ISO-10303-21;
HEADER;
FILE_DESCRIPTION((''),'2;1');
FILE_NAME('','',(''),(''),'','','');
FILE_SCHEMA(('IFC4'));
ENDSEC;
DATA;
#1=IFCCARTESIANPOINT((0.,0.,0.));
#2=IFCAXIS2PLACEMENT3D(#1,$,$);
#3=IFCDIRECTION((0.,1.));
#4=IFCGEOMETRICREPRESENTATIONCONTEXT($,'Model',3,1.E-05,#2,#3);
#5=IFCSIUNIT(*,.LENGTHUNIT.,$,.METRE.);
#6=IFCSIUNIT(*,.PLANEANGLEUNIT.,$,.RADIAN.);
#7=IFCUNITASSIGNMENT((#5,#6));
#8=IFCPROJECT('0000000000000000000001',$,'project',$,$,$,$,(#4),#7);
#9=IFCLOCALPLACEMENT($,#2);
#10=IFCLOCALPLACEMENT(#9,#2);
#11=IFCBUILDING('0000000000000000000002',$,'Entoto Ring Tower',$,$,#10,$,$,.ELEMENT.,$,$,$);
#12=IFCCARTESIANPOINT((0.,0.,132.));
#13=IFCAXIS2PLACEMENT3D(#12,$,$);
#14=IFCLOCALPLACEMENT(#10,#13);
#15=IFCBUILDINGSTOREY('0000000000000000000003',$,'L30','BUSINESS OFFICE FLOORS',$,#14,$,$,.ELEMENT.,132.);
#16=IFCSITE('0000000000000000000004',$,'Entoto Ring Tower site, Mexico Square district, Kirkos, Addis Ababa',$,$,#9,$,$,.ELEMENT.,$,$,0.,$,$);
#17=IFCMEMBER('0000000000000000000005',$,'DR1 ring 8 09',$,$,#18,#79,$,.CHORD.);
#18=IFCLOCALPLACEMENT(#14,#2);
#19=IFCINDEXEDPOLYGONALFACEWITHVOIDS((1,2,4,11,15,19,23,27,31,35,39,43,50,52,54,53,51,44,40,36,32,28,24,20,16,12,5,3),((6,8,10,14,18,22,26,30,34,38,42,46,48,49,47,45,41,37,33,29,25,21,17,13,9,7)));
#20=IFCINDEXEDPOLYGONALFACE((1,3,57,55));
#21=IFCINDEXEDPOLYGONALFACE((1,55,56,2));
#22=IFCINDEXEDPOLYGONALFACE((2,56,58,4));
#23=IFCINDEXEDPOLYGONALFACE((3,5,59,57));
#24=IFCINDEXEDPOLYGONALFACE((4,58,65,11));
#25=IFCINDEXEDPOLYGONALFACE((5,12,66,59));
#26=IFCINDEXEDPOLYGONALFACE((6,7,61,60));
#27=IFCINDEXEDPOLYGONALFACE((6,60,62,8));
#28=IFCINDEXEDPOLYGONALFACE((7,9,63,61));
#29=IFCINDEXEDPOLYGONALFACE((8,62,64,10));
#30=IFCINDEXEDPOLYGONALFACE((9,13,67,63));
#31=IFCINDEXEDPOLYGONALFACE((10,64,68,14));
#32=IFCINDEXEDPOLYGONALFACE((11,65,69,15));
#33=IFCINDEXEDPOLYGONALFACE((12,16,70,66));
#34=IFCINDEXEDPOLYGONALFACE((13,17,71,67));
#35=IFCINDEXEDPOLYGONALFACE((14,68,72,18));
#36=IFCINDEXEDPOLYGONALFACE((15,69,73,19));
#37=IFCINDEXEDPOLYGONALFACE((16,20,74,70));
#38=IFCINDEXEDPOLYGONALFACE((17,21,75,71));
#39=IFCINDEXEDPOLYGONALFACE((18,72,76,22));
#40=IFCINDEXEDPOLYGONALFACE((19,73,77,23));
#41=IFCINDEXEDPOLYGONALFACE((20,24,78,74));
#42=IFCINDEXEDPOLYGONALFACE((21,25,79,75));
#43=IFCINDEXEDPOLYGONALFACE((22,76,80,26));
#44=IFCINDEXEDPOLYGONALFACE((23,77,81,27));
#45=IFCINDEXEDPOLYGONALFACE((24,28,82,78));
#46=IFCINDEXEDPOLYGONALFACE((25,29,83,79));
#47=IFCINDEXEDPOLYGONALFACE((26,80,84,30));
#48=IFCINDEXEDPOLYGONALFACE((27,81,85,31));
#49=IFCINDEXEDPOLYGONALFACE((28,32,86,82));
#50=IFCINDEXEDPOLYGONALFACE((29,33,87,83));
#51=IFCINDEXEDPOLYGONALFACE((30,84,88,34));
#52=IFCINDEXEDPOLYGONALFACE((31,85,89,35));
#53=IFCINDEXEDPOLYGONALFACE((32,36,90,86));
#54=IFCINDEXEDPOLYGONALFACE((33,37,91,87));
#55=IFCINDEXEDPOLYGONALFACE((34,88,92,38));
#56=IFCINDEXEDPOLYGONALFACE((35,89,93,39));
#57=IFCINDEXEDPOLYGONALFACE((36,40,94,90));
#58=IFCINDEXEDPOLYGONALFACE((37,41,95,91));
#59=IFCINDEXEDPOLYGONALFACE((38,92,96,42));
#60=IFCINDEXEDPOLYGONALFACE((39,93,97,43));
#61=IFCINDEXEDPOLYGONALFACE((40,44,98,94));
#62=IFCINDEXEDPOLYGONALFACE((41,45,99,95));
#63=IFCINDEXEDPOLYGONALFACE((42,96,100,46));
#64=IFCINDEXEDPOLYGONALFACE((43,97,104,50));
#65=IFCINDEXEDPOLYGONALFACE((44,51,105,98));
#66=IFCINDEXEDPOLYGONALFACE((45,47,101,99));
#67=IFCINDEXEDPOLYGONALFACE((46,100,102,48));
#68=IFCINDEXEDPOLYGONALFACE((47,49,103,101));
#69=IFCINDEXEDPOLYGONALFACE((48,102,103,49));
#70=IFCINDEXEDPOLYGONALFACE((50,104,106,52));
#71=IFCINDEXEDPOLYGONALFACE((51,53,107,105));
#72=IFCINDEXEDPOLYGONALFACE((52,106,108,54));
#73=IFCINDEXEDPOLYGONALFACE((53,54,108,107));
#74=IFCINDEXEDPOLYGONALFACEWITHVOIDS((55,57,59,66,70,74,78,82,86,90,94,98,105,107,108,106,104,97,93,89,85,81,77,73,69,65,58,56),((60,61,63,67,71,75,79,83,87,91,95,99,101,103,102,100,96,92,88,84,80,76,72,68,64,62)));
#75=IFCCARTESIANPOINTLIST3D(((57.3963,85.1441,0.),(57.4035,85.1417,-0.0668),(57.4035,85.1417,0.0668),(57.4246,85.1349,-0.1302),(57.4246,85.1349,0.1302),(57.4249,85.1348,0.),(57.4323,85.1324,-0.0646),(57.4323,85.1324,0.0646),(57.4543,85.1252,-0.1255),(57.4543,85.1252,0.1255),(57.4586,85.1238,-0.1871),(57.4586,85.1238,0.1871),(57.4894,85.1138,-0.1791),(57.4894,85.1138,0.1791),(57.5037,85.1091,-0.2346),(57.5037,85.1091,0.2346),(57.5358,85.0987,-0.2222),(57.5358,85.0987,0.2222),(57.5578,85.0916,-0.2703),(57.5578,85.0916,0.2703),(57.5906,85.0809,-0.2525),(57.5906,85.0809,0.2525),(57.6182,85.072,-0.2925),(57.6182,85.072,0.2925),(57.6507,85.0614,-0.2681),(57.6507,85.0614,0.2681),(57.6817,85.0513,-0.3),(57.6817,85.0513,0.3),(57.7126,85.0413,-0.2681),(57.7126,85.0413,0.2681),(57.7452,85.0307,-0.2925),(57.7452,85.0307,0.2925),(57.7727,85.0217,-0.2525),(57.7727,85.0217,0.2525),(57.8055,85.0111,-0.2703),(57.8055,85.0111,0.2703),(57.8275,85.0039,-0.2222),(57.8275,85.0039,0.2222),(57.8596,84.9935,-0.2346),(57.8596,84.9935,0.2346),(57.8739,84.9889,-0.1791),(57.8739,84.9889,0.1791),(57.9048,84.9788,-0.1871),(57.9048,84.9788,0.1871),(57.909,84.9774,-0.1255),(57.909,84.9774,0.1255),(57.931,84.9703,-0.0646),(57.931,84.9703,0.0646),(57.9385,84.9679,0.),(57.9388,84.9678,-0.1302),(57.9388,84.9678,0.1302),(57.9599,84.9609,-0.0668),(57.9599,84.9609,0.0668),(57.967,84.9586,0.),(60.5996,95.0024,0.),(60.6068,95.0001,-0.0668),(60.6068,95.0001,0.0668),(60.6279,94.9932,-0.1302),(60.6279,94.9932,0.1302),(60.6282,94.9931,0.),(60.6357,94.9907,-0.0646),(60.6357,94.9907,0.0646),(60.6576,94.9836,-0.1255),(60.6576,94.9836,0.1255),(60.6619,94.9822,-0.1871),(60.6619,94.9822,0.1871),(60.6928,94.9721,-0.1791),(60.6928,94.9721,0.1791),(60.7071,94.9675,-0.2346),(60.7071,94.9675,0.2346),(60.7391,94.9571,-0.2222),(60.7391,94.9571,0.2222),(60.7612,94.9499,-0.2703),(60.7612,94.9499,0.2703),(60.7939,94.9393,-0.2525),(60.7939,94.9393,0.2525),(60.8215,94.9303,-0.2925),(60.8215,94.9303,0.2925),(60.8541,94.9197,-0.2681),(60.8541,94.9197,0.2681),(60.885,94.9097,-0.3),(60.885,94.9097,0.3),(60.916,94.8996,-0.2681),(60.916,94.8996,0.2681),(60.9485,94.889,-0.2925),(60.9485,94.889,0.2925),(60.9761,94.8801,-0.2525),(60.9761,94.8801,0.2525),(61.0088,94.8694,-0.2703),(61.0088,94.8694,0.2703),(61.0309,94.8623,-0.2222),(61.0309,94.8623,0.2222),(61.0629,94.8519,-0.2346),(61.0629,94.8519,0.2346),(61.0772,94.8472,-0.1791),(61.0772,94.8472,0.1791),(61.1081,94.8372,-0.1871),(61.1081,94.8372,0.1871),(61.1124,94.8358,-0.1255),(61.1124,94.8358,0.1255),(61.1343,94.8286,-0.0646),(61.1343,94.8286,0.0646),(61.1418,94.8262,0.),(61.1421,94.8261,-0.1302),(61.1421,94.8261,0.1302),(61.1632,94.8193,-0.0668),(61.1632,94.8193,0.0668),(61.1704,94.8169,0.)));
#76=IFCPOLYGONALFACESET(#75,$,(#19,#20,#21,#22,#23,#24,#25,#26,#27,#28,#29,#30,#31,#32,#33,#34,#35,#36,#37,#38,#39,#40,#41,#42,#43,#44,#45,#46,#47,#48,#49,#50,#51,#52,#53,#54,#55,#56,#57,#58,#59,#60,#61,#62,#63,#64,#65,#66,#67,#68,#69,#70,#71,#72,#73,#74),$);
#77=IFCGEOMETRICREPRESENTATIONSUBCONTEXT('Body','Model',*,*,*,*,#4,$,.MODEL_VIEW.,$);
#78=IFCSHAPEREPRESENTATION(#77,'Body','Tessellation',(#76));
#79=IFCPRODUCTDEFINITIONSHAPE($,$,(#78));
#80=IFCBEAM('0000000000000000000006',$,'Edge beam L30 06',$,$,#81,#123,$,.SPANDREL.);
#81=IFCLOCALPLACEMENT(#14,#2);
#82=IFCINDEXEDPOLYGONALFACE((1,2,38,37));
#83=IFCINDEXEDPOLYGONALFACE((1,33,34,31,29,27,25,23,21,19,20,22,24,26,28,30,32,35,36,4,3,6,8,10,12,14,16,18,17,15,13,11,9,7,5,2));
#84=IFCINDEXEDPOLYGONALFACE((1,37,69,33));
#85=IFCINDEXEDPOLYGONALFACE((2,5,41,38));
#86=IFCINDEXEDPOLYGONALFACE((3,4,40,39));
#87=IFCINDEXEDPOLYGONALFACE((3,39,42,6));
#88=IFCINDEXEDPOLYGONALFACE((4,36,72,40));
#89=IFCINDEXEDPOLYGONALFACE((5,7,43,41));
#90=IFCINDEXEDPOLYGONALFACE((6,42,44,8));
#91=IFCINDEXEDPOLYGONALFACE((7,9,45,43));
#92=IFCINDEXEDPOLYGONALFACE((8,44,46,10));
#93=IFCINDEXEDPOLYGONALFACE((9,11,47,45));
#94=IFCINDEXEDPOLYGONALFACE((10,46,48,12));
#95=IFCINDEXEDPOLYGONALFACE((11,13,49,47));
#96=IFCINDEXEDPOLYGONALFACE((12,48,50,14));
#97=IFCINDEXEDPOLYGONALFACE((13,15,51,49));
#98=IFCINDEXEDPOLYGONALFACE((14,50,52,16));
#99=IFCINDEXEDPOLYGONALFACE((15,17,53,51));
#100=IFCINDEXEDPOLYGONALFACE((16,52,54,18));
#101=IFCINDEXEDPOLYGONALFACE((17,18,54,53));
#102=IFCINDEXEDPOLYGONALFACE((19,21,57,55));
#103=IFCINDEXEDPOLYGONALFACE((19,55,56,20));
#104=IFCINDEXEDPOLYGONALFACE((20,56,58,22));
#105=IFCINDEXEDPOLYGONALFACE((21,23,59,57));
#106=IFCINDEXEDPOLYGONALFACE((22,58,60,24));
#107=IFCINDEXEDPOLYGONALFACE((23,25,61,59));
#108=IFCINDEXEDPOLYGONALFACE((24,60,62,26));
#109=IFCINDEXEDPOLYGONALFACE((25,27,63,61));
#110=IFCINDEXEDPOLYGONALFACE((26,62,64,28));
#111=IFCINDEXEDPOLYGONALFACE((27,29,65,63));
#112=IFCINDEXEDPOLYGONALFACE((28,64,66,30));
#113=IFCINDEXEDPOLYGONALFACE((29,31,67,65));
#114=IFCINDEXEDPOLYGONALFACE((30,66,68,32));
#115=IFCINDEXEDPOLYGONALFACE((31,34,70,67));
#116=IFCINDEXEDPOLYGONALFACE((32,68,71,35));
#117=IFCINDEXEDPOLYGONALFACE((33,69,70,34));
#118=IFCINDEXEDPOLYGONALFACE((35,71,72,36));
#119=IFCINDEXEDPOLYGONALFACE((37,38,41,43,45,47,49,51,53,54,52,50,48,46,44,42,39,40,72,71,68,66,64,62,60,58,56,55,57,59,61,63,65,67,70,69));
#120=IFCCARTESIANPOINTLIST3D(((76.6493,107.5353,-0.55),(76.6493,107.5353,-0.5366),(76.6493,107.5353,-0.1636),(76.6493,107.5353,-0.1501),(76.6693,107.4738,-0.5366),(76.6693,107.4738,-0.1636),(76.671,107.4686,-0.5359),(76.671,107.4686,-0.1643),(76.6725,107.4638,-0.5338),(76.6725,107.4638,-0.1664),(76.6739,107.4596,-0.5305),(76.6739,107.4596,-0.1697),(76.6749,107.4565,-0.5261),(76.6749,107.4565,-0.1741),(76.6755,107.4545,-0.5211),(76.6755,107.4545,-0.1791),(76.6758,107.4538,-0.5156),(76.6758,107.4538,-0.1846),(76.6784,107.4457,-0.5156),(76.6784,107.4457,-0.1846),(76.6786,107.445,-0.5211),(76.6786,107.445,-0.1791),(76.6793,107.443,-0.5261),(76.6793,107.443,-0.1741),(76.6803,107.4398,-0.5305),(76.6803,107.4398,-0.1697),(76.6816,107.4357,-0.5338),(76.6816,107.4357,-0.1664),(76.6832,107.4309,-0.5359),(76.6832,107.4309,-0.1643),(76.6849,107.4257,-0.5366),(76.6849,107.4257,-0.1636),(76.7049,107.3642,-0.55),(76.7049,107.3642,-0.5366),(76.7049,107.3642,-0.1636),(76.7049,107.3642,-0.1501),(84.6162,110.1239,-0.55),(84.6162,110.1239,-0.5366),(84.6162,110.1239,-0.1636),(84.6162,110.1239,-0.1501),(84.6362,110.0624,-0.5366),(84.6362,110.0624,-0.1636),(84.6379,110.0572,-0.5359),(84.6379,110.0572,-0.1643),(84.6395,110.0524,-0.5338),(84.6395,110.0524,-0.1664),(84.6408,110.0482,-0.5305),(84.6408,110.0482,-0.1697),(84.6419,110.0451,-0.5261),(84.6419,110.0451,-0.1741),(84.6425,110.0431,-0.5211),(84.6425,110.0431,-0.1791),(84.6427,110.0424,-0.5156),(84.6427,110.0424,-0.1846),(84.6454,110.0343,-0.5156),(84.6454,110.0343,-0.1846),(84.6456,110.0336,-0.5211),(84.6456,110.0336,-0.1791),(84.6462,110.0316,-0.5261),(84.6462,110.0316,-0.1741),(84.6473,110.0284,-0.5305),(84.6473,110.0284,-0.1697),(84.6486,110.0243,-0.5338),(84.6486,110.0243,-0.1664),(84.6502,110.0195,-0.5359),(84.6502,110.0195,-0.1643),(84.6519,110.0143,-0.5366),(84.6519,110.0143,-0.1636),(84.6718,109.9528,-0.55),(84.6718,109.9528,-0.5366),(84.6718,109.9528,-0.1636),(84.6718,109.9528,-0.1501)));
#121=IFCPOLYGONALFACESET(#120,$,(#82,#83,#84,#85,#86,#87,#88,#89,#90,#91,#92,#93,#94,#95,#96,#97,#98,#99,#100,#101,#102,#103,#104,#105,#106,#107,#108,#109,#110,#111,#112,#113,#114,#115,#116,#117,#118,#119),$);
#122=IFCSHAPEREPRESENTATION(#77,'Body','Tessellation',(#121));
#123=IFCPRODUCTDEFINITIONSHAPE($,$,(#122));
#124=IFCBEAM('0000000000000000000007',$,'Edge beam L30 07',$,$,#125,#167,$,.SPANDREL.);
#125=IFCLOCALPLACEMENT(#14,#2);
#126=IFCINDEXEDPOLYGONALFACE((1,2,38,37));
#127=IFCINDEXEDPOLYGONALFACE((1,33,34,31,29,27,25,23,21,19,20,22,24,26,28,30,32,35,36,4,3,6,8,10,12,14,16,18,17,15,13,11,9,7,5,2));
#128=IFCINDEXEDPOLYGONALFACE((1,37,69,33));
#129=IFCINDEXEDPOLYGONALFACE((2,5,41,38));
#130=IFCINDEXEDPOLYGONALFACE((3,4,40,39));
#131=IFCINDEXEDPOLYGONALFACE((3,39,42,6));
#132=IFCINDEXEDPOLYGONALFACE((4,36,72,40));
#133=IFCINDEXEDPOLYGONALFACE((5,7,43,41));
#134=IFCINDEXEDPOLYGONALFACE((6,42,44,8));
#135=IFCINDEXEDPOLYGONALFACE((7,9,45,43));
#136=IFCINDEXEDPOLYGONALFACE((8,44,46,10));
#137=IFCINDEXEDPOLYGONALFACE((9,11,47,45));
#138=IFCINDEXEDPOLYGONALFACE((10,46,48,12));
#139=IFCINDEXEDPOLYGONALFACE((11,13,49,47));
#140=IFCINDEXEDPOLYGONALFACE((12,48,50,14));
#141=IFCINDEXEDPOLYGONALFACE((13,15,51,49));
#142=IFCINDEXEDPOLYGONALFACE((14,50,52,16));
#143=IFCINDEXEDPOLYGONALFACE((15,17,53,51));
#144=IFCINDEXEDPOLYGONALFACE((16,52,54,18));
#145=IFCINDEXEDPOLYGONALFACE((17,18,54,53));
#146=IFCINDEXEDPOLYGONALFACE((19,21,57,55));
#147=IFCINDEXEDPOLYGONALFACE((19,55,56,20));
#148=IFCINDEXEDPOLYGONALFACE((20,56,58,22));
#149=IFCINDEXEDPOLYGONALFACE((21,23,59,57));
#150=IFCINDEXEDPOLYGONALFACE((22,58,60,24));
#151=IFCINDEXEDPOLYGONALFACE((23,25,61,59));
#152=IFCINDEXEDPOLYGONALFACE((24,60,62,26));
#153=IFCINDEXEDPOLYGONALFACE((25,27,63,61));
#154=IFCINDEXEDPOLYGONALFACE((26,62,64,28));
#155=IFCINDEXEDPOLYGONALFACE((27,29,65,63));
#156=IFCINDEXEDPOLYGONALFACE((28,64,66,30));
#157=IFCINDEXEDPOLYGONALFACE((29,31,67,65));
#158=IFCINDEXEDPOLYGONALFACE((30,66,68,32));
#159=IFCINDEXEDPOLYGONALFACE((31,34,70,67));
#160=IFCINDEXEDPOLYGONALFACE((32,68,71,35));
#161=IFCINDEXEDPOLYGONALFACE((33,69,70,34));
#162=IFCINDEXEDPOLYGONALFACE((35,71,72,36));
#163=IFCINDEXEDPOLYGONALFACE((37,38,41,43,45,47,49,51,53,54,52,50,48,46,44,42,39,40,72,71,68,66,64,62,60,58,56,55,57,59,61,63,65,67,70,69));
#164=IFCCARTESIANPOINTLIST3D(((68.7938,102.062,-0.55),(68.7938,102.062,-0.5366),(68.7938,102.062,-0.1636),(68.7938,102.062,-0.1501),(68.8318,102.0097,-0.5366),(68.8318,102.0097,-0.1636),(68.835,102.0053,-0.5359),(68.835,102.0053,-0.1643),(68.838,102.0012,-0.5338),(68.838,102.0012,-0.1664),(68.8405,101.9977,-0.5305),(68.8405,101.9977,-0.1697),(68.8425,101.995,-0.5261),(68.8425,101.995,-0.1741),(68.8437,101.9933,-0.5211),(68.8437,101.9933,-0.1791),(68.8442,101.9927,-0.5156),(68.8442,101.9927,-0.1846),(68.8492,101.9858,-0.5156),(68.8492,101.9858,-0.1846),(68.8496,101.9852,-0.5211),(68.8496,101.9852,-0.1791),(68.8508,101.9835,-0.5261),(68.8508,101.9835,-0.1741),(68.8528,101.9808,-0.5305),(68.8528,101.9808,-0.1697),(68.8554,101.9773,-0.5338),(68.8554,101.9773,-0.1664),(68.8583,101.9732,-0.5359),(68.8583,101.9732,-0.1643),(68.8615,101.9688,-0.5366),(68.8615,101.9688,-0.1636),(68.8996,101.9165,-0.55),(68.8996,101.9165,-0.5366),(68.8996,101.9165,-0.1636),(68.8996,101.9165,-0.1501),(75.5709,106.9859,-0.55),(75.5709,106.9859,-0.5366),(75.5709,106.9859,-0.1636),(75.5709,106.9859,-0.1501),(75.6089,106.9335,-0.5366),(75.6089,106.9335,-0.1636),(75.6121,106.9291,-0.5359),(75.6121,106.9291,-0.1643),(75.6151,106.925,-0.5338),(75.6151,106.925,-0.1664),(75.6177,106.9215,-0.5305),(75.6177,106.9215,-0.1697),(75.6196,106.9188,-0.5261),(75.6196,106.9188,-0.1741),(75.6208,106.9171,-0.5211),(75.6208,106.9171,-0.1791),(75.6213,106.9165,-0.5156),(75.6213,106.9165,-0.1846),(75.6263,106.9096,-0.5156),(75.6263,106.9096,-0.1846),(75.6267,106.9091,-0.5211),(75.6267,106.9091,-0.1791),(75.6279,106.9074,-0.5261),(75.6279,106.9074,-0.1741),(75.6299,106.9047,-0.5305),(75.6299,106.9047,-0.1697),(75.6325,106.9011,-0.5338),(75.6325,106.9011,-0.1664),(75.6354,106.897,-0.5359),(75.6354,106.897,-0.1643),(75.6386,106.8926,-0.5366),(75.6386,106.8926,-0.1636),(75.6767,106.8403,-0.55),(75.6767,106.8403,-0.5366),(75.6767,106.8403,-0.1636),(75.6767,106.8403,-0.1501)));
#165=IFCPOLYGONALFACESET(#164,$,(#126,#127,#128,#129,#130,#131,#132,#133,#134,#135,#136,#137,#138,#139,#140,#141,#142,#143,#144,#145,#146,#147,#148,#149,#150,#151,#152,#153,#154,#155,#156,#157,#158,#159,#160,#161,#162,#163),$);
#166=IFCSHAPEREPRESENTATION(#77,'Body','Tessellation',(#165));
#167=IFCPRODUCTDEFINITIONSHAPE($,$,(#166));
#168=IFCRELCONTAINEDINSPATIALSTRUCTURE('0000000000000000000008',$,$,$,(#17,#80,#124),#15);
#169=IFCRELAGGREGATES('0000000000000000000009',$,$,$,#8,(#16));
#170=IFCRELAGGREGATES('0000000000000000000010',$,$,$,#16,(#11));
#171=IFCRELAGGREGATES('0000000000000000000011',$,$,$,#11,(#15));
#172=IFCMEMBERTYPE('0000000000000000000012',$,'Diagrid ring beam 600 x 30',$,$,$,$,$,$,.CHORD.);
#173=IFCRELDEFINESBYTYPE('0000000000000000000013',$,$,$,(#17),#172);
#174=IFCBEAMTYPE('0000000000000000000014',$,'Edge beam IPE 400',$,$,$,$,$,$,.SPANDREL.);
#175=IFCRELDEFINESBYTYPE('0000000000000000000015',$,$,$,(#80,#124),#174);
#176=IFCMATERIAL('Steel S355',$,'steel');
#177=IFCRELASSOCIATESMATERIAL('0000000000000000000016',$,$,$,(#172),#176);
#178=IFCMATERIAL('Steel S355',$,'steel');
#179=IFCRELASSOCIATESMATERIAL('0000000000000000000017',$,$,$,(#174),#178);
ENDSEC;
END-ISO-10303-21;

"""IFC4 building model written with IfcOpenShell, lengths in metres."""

from ifc_helpers import new_model, si_unit, direction, frame, origin, origin_2d, place, context, subcontext, project, spatial, circle, hollow_circle, i_section, extrude, material, material_profile, profile_set, type_object, element, save


model = new_model("IFC4")

# Units and contexts
model_context = context("Model", 3, precision=1e-05, world=origin(), true_north=direction((0.0, 1.0)))
body_context = subcontext(model_context, "Body", "Model", "MODEL_VIEW")
ifc_project = project(units=[si_unit("LENGTHUNIT", "METRE"), si_unit("PLANEANGLEUNIT", "RADIAN")], contexts=[model_context])

# Site, building, storey
site_placement = place(None, origin())
site = spatial("IfcSite", under=ifc_project, at=site_placement, Name="Entoto Ring Tower site, Mexico Square district, Kirkos, Addis Ababa", CompositionType="ELEMENT", RefElevation=0.0)
building_placement = place(site_placement, origin())
building = spatial("IfcBuilding", under=site, at=building_placement, Name="Entoto Ring Tower", CompositionType="ELEMENT")
storey_placement = place(building_placement, frame((0.0, 0.0, 132.0)))
storey = spatial("IfcBuildingStorey", under=building, at=storey_placement, Name="L30", Description="BUSINESS OFFICE FLOORS", CompositionType="ELEMENT", Elevation=132.0)

# Member
ifc_material_1 = material(Name="Steel S355", Category="steel")
ifc_material_profile_1 = material_profile(ifc_material_1, hollow_circle(Radius=0.3, WallThickness=0.03, at=origin_2d()), Name="CHS 600 x 30")
ifc_material_2 = material(Name="Concrete C60/75", Category="concrete")
ifc_material_profile_2 = material_profile(ifc_material_2, circle(Radius=0.27, at=origin_2d()), Name="Concrete C60/75 infill")
ifc_profile_set_1 = profile_set([ifc_material_profile_1, ifc_material_profile_2], Name="Steel S355")
member_type_1 = type_object("IfcMemberType", Name="Diagrid ring beam 600 x 30", PredefinedType="CHORD", material=ifc_profile_set_1)
member_1_placement = place(storey_placement, frame((60.885, 94.9097, 0.0), z_axis=(-0.309033, -0.951051, 0.0), x_axis=(0.951051, -0.309033, 0.0)))
element("IfcMember", 1, at=member_1_placement, inside=storey, type_object=member_type_1, Name="DR1 ring 8 09", PredefinedType="CHORD", context=body_context, shape_type="SweptSolid", body=[
    extrude(hollow_circle(Radius=0.3, WallThickness=0.03, at=origin_2d()), origin(), (0.0, 0.0, 1.0), 10.3657),
])

# Beams
ifc_material_3 = material(Name="Steel S355", Category="steel")
ifc_material_profile_3 = material_profile(ifc_material_3, i_section(OverallWidth=0.1799, OverallDepth=0.3999, WebThickness=0.0085, FlangeThickness=0.0134, FilletRadius=0.021, at=origin_2d()), Name="IPE 400")
ifc_profile_set_2 = profile_set([ifc_material_profile_3], Name="Steel S355")
beam_type_1 = type_object("IfcBeamType", Name="Edge beam IPE 400", PredefinedType="SPANDREL", material=ifc_profile_set_2)
for number, where, z_axis, x_axis, name in (
    (2, (84.644, 110.0383, -0.3501), (-0.951057, -0.309014, 0.0), (0.309014, -0.951057, 0.0), "Edge beam L30 06"),
    (3, (75.6238, 106.9131, -0.3501), (-0.809018, -0.587783, 0.0), (0.587783, -0.809018, 0.0), "Edge beam L30 07"),
):
    element("IfcBeam", number, at=place(storey_placement, frame(where, z_axis=z_axis, x_axis=x_axis)), inside=storey, type_object=beam_type_1, Name=name, PredefinedType="SPANDREL", context=body_context, shape_type="SweptSolid", body=[
        extrude(i_section(OverallWidth=0.1799, OverallDepth=0.3999, WebThickness=0.0085, FlangeThickness=0.0134, FilletRadius=0.021, at=origin_2d()), origin(), (0.0, 0.0, 1.0), 8.377),
    ])

save(model, "model.ifc")
